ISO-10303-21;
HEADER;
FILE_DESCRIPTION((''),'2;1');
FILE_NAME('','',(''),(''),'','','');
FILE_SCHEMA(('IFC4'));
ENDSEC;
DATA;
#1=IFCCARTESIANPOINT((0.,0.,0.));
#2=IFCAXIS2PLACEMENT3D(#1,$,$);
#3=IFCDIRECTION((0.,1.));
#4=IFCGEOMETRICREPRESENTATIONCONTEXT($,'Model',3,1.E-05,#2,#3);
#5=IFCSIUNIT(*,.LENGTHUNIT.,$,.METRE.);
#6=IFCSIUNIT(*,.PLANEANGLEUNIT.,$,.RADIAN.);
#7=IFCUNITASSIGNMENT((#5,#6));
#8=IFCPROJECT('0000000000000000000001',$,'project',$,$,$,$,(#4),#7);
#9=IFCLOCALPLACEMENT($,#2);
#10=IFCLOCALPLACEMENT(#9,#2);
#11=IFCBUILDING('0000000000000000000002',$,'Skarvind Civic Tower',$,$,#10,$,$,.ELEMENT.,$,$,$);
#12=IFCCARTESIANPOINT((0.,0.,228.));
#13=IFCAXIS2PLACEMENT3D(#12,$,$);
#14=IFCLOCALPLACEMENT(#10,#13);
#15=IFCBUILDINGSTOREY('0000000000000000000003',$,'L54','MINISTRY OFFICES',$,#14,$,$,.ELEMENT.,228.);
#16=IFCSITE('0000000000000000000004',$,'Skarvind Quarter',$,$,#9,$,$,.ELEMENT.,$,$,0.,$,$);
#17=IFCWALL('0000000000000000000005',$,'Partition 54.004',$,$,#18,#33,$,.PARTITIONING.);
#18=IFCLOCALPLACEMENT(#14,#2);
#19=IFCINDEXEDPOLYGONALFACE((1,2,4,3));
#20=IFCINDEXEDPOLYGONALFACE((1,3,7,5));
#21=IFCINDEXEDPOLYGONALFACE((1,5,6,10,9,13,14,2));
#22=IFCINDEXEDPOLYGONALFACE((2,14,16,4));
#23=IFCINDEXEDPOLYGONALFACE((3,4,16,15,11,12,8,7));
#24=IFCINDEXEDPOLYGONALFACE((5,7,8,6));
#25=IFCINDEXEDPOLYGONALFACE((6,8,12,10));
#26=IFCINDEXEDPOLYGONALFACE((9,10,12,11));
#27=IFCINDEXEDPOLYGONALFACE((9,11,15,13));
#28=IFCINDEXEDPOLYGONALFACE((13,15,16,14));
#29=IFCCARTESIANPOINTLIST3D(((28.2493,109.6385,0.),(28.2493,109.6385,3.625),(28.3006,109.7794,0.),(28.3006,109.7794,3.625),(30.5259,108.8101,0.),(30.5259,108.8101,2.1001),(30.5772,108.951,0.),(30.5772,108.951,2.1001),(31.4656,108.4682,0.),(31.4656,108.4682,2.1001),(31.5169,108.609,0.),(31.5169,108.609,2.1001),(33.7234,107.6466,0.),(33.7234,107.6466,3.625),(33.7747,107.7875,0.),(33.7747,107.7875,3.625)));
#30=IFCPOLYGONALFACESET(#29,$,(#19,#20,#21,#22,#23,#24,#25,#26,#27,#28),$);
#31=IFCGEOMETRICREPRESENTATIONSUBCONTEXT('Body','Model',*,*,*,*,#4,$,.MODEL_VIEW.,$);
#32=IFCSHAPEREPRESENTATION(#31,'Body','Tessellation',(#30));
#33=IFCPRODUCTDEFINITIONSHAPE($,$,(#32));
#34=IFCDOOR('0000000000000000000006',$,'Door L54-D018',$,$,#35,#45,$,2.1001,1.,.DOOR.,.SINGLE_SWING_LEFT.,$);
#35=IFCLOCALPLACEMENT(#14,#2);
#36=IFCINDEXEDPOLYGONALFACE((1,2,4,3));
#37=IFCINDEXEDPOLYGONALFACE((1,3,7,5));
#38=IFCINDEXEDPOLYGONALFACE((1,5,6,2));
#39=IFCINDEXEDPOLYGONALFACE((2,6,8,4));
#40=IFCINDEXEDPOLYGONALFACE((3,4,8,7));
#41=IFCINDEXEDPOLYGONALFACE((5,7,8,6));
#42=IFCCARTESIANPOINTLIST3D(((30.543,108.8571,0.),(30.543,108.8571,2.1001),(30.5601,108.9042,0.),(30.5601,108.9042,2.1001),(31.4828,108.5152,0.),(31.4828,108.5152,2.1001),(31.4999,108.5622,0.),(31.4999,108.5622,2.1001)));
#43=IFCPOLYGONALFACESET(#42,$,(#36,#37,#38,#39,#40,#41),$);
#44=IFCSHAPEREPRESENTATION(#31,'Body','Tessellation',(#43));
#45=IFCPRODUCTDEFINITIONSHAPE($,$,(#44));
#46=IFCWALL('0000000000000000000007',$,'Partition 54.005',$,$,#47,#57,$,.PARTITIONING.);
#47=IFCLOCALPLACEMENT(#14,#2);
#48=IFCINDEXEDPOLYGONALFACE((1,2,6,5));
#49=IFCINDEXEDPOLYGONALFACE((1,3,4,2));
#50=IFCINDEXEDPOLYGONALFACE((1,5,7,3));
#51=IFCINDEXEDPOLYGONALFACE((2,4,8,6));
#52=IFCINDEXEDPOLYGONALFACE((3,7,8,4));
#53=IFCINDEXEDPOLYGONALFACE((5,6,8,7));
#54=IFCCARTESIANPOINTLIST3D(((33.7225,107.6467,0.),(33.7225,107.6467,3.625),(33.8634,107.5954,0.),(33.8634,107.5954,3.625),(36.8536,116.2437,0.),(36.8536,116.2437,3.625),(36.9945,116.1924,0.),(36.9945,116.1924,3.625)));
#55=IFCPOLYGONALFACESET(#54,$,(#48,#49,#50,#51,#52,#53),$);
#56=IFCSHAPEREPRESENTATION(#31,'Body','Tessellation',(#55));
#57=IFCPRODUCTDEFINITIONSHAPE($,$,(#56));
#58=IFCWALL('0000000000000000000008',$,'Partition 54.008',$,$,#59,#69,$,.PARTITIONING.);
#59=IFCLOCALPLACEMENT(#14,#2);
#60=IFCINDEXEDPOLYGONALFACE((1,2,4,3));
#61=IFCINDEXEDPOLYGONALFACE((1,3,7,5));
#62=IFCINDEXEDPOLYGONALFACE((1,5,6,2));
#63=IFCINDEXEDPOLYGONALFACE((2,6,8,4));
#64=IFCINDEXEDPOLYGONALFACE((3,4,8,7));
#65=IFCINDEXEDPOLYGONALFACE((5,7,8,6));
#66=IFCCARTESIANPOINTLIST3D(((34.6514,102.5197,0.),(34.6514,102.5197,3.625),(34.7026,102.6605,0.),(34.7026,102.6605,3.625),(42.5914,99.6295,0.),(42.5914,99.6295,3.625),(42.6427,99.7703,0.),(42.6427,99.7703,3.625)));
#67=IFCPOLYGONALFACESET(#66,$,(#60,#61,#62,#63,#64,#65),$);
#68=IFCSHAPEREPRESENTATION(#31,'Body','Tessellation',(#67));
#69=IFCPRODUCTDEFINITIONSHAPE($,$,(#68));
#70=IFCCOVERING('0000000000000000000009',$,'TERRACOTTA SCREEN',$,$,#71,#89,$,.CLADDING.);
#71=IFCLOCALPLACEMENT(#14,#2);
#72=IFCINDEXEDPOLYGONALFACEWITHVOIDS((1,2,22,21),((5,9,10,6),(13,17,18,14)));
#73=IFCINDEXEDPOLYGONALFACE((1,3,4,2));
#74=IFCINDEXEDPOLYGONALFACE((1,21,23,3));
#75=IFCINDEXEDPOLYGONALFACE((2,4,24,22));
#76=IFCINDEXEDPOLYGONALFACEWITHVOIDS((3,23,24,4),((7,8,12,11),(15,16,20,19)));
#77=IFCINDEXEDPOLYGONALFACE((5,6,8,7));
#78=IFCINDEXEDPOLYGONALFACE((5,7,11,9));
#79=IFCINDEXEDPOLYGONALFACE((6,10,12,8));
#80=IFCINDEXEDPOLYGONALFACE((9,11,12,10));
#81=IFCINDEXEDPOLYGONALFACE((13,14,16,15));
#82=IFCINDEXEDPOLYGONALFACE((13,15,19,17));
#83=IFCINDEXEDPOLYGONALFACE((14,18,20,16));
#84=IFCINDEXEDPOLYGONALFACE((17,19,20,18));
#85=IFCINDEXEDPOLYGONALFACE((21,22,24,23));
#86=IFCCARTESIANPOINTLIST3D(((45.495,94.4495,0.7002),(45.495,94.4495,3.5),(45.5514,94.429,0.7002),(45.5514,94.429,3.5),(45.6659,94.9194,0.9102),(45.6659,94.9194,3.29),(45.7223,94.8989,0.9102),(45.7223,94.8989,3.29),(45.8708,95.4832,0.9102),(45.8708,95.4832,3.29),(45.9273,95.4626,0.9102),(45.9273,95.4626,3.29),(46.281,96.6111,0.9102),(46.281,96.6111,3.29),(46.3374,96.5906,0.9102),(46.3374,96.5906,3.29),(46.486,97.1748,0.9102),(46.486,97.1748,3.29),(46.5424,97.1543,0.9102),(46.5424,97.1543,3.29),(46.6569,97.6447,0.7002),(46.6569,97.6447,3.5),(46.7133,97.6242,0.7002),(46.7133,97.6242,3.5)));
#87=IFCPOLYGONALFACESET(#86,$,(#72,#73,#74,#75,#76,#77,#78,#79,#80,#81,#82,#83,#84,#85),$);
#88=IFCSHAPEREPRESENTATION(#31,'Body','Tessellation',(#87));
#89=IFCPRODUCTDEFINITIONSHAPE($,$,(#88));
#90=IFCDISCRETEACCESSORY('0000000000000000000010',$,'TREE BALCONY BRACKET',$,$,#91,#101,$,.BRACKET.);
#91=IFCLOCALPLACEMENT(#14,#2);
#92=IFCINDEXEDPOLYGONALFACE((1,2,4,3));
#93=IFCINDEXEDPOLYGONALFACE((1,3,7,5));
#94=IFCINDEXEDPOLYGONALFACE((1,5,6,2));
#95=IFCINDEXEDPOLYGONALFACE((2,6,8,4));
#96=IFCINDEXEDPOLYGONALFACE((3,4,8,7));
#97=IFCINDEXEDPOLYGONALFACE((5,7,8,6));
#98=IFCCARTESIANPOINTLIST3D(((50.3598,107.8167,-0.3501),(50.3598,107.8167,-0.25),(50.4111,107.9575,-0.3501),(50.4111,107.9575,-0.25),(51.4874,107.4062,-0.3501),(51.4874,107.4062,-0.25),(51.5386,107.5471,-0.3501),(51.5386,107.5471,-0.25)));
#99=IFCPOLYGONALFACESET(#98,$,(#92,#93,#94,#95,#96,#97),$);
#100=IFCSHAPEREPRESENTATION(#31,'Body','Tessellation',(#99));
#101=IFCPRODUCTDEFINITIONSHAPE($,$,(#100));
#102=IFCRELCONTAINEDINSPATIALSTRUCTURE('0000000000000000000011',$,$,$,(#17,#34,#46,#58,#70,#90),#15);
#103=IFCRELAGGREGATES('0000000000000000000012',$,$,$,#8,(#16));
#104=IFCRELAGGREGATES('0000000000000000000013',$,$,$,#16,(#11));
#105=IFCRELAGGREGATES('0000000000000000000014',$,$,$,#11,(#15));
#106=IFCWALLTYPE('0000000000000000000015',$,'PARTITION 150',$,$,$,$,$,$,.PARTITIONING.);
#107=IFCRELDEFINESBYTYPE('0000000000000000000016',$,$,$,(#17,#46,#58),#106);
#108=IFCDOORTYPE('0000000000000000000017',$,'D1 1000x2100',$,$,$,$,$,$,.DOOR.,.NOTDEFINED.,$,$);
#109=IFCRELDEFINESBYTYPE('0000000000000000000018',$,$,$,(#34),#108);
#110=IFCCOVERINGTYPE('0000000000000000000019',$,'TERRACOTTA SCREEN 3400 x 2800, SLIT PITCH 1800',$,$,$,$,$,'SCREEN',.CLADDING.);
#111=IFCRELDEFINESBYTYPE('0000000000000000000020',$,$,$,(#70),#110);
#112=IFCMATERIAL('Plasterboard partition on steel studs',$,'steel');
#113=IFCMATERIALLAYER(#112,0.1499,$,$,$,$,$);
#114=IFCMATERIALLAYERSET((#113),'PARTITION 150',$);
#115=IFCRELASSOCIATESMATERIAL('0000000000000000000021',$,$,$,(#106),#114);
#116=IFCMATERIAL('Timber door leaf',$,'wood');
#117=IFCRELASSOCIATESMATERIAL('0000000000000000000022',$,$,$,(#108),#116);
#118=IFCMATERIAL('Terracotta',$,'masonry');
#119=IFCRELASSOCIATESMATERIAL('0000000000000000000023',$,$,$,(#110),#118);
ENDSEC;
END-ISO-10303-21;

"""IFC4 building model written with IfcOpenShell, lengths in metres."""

from ifc_helpers import new_model, si_unit, direction, frame, frame_2d, origin, origin_2d, place, context, subcontext, project, spatial, polyline, rectangle, outline, extrude, material, layer, layer_set, material_profile, profile_set, type_object, element, fill, save


model = new_model("IFC4")

# Units and contexts
model_context = context("Model", 3, precision=1e-05, world=origin(), true_north=direction((0.0, 1.0)))
body_context = subcontext(model_context, "Body", "Model", "MODEL_VIEW")
ifc_project = project(units=[si_unit("LENGTHUNIT", "METRE"), si_unit("PLANEANGLEUNIT", "RADIAN")], contexts=[model_context])

# Site, building, storey
site_placement = place(None, origin())
site = spatial("IfcSite", under=ifc_project, at=site_placement, Name="Skarvind Quarter", CompositionType="ELEMENT", RefElevation=0.0)
building_placement = place(site_placement, origin())
building = spatial("IfcBuilding", under=site, at=building_placement, Name="Skarvind Civic Tower", CompositionType="ELEMENT")
storey_placement = place(building_placement, frame((0.0, 0.0, 228.0)))
storey = spatial("IfcBuildingStorey", under=building, at=storey_placement, Name="L54", Description="MINISTRY OFFICES", CompositionType="ELEMENT", Elevation=228.0)

# Wall, opening, door
ifc_material_1 = material(Name="Plasterboard partition on steel studs", Category="steel")
ifc_layer_1 = layer(ifc_material_1, 0.1499)
ifc_layer_set_1 = layer_set([ifc_layer_1], Name="PARTITION 150")
wall_type_1 = type_object("IfcWallType", Name="PARTITION 150", PredefinedType="PARTITIONING", material=ifc_layer_set_1)
wall_1_placement = place(storey_placement, frame((33.749, 107.717, 0.0), z_axis=(0.0, 0.0, 1.0), x_axis=(-0.939719, 0.341948, 0.0)))
wall_1 = element("IfcWall", 1, at=wall_1_placement, inside=storey, type_object=wall_type_1, Name="Partition 54.004", PredefinedType="PARTITIONING", context=body_context, shape_type="SweptSolid", body=[
    extrude(rectangle(XDim=5.8252, YDim=0.1499, at=frame_2d((2.9126, 0.0))), origin(), (0.0, 0.0, 1.0), 3.625),
])
opening_1_placement = place(wall_1_placement, frame((2.4026, 0.0, 0.0)))
opening_1 = element("IfcOpeningElement", 2, at=opening_1_placement, cuts=wall_1, PredefinedType="OPENING", context=body_context, shape_type="SweptSolid", body=[
    extrude(rectangle(XDim=1.0, YDim=2.1001, at=frame_2d((0.5, 1.05))), frame((0.0, 0.085, 0.0), z_axis=(0.0, -1.0, 0.0), x_axis=(1.0, 0.0, 0.0)), (0.0, 0.0, 1.0), 0.1699),
])
ifc_material_2 = material(Name="Timber door leaf", Category="wood")
door_type_1 = type_object("IfcDoorType", Name="D1 1000x2100", OperationType="NOTDEFINED", PredefinedType="DOOR", material=ifc_material_2)
door_1_placement = place(opening_1_placement, origin())
door_1 = element("IfcDoor", 3, at=door_1_placement, inside=storey, type_object=door_type_1, Name="Door L54-D018", OperationType="SINGLE_SWING_LEFT", OverallHeight=2.1001, OverallWidth=1.0, PredefinedType="DOOR", context=body_context, shape_type="SweptSolid", body=[
    extrude(rectangle(XDim=1.0, YDim=2.1001, at=frame_2d((0.5, 1.05))), frame((0.0, 0.0249, 0.0), z_axis=(0.0, -1.0, 0.0), x_axis=(1.0, 0.0, 0.0)), (0.0, 0.0, 1.0), 0.05),
])
fill(opening_1, door_1)

# Walls
wall_2_placement = place(storey_placement, frame((36.9241, 116.218, 0.0), z_axis=(0.0, 0.0, 1.0), x_axis=(-0.342221, -0.93962, 0.0)))
element("IfcWall", 4, at=wall_2_placement, inside=storey, type_object=wall_type_1, Name="Partition 54.005", PredefinedType="PARTITIONING", context=body_context, shape_type="SweptSolid", body=[
    extrude(rectangle(XDim=9.1494, YDim=0.1499, at=frame_2d((4.5747, 0.0))), origin(), (0.0, 0.0, 1.0), 3.625),
])
wall_3_placement = place(storey_placement, frame((34.677, 102.5901, 0.0), z_axis=(0.0, 0.0, 1.0), x_axis=(0.939684, -0.342045, 0.0)))
element("IfcWall", 5, at=wall_3_placement, inside=storey, type_object=wall_type_1, Name="Partition 54.008", PredefinedType="PARTITIONING", context=body_context, shape_type="SweptSolid", body=[
    extrude(rectangle(XDim=8.4497, YDim=0.1499, at=frame_2d((4.2249, 0.0))), origin(), (0.0, 0.0, 1.0), 3.625),
])

# Covering
ifc_material_3 = material(Name="Terracotta", Category="masonry")
ifc_material_profile_1 = material_profile(ifc_material_3, outline(polyline([(-1.7, -1.3999), (1.7, -1.3999), (1.7, 1.3999), (-1.7, 1.3999), (-1.7, -1.3999)]), holes=[polyline([(-1.2, -1.1899), (-0.6001, -1.1899), (-0.6001, 1.1899), (-1.2, 1.1899), (-1.2, -1.1899)]), polyline([(0.6001, -1.1899), (1.2, -1.1899), (1.2, 1.1899), (0.6001, 1.1899), (0.6001, -1.1899)])]), Name="TERRACOTTA SCREEN 3400 x 2800, SLIT PITCH 1800")
ifc_profile_set_1 = profile_set([ifc_material_profile_1], Name="Terracotta")
covering_type = type_object("IfcCoveringType", Name="TERRACOTTA SCREEN 3400 x 2800, SLIT PITCH 1800", ElementType="SCREEN", PredefinedType="CLADDING", material=ifc_profile_set_1)
covering_placement = place(storey_placement, frame((46.0759, 96.0471, 2.1001), z_axis=(0.939793, -0.341743, 0.0), x_axis=(0.341743, 0.939793, 0.0)))
element("IfcCovering", 6, at=covering_placement, inside=storey, type_object=covering_type, Name="TERRACOTTA SCREEN", PredefinedType="CLADDING", context=body_context, shape_type="SweptSolid", body=[
    extrude(outline(polyline([(-1.7, -1.3999), (1.7, -1.3999), (1.7, 1.3999), (-1.7, 1.3999), (-1.7, -1.3999)]), holes=[polyline([(-1.2, -1.1899), (-0.6001, -1.1899), (-0.6001, 1.1899), (-1.2, 1.1899), (-1.2, -1.1899)]), polyline([(0.6001, -1.1899), (1.2, -1.1899), (1.2, 1.1899), (0.6001, 1.1899), (0.6001, -1.1899)])]), origin(), (0.0, 0.0, 1.0), 0.0601),
])

# Discrete accessory
discrete_accessory_placement = place(storey_placement, frame((50.9492, 107.6819, -0.3501), z_axis=(0.0, 0.0, 1.0), x_axis=(-0.34202, -0.939693, 0.0)))
element("IfcDiscreteAccessory", 7, at=discrete_accessory_placement, inside=storey, Name="TREE BALCONY BRACKET", PredefinedType="BRACKET", context=body_context, shape_type="SweptSolid", body=[
    extrude(rectangle(XDim=0.1499, YDim=1.2, at=origin_2d()), origin(), (0.0, 0.0, 1.0), 0.1001),
])

save(model, "model.ifc")
